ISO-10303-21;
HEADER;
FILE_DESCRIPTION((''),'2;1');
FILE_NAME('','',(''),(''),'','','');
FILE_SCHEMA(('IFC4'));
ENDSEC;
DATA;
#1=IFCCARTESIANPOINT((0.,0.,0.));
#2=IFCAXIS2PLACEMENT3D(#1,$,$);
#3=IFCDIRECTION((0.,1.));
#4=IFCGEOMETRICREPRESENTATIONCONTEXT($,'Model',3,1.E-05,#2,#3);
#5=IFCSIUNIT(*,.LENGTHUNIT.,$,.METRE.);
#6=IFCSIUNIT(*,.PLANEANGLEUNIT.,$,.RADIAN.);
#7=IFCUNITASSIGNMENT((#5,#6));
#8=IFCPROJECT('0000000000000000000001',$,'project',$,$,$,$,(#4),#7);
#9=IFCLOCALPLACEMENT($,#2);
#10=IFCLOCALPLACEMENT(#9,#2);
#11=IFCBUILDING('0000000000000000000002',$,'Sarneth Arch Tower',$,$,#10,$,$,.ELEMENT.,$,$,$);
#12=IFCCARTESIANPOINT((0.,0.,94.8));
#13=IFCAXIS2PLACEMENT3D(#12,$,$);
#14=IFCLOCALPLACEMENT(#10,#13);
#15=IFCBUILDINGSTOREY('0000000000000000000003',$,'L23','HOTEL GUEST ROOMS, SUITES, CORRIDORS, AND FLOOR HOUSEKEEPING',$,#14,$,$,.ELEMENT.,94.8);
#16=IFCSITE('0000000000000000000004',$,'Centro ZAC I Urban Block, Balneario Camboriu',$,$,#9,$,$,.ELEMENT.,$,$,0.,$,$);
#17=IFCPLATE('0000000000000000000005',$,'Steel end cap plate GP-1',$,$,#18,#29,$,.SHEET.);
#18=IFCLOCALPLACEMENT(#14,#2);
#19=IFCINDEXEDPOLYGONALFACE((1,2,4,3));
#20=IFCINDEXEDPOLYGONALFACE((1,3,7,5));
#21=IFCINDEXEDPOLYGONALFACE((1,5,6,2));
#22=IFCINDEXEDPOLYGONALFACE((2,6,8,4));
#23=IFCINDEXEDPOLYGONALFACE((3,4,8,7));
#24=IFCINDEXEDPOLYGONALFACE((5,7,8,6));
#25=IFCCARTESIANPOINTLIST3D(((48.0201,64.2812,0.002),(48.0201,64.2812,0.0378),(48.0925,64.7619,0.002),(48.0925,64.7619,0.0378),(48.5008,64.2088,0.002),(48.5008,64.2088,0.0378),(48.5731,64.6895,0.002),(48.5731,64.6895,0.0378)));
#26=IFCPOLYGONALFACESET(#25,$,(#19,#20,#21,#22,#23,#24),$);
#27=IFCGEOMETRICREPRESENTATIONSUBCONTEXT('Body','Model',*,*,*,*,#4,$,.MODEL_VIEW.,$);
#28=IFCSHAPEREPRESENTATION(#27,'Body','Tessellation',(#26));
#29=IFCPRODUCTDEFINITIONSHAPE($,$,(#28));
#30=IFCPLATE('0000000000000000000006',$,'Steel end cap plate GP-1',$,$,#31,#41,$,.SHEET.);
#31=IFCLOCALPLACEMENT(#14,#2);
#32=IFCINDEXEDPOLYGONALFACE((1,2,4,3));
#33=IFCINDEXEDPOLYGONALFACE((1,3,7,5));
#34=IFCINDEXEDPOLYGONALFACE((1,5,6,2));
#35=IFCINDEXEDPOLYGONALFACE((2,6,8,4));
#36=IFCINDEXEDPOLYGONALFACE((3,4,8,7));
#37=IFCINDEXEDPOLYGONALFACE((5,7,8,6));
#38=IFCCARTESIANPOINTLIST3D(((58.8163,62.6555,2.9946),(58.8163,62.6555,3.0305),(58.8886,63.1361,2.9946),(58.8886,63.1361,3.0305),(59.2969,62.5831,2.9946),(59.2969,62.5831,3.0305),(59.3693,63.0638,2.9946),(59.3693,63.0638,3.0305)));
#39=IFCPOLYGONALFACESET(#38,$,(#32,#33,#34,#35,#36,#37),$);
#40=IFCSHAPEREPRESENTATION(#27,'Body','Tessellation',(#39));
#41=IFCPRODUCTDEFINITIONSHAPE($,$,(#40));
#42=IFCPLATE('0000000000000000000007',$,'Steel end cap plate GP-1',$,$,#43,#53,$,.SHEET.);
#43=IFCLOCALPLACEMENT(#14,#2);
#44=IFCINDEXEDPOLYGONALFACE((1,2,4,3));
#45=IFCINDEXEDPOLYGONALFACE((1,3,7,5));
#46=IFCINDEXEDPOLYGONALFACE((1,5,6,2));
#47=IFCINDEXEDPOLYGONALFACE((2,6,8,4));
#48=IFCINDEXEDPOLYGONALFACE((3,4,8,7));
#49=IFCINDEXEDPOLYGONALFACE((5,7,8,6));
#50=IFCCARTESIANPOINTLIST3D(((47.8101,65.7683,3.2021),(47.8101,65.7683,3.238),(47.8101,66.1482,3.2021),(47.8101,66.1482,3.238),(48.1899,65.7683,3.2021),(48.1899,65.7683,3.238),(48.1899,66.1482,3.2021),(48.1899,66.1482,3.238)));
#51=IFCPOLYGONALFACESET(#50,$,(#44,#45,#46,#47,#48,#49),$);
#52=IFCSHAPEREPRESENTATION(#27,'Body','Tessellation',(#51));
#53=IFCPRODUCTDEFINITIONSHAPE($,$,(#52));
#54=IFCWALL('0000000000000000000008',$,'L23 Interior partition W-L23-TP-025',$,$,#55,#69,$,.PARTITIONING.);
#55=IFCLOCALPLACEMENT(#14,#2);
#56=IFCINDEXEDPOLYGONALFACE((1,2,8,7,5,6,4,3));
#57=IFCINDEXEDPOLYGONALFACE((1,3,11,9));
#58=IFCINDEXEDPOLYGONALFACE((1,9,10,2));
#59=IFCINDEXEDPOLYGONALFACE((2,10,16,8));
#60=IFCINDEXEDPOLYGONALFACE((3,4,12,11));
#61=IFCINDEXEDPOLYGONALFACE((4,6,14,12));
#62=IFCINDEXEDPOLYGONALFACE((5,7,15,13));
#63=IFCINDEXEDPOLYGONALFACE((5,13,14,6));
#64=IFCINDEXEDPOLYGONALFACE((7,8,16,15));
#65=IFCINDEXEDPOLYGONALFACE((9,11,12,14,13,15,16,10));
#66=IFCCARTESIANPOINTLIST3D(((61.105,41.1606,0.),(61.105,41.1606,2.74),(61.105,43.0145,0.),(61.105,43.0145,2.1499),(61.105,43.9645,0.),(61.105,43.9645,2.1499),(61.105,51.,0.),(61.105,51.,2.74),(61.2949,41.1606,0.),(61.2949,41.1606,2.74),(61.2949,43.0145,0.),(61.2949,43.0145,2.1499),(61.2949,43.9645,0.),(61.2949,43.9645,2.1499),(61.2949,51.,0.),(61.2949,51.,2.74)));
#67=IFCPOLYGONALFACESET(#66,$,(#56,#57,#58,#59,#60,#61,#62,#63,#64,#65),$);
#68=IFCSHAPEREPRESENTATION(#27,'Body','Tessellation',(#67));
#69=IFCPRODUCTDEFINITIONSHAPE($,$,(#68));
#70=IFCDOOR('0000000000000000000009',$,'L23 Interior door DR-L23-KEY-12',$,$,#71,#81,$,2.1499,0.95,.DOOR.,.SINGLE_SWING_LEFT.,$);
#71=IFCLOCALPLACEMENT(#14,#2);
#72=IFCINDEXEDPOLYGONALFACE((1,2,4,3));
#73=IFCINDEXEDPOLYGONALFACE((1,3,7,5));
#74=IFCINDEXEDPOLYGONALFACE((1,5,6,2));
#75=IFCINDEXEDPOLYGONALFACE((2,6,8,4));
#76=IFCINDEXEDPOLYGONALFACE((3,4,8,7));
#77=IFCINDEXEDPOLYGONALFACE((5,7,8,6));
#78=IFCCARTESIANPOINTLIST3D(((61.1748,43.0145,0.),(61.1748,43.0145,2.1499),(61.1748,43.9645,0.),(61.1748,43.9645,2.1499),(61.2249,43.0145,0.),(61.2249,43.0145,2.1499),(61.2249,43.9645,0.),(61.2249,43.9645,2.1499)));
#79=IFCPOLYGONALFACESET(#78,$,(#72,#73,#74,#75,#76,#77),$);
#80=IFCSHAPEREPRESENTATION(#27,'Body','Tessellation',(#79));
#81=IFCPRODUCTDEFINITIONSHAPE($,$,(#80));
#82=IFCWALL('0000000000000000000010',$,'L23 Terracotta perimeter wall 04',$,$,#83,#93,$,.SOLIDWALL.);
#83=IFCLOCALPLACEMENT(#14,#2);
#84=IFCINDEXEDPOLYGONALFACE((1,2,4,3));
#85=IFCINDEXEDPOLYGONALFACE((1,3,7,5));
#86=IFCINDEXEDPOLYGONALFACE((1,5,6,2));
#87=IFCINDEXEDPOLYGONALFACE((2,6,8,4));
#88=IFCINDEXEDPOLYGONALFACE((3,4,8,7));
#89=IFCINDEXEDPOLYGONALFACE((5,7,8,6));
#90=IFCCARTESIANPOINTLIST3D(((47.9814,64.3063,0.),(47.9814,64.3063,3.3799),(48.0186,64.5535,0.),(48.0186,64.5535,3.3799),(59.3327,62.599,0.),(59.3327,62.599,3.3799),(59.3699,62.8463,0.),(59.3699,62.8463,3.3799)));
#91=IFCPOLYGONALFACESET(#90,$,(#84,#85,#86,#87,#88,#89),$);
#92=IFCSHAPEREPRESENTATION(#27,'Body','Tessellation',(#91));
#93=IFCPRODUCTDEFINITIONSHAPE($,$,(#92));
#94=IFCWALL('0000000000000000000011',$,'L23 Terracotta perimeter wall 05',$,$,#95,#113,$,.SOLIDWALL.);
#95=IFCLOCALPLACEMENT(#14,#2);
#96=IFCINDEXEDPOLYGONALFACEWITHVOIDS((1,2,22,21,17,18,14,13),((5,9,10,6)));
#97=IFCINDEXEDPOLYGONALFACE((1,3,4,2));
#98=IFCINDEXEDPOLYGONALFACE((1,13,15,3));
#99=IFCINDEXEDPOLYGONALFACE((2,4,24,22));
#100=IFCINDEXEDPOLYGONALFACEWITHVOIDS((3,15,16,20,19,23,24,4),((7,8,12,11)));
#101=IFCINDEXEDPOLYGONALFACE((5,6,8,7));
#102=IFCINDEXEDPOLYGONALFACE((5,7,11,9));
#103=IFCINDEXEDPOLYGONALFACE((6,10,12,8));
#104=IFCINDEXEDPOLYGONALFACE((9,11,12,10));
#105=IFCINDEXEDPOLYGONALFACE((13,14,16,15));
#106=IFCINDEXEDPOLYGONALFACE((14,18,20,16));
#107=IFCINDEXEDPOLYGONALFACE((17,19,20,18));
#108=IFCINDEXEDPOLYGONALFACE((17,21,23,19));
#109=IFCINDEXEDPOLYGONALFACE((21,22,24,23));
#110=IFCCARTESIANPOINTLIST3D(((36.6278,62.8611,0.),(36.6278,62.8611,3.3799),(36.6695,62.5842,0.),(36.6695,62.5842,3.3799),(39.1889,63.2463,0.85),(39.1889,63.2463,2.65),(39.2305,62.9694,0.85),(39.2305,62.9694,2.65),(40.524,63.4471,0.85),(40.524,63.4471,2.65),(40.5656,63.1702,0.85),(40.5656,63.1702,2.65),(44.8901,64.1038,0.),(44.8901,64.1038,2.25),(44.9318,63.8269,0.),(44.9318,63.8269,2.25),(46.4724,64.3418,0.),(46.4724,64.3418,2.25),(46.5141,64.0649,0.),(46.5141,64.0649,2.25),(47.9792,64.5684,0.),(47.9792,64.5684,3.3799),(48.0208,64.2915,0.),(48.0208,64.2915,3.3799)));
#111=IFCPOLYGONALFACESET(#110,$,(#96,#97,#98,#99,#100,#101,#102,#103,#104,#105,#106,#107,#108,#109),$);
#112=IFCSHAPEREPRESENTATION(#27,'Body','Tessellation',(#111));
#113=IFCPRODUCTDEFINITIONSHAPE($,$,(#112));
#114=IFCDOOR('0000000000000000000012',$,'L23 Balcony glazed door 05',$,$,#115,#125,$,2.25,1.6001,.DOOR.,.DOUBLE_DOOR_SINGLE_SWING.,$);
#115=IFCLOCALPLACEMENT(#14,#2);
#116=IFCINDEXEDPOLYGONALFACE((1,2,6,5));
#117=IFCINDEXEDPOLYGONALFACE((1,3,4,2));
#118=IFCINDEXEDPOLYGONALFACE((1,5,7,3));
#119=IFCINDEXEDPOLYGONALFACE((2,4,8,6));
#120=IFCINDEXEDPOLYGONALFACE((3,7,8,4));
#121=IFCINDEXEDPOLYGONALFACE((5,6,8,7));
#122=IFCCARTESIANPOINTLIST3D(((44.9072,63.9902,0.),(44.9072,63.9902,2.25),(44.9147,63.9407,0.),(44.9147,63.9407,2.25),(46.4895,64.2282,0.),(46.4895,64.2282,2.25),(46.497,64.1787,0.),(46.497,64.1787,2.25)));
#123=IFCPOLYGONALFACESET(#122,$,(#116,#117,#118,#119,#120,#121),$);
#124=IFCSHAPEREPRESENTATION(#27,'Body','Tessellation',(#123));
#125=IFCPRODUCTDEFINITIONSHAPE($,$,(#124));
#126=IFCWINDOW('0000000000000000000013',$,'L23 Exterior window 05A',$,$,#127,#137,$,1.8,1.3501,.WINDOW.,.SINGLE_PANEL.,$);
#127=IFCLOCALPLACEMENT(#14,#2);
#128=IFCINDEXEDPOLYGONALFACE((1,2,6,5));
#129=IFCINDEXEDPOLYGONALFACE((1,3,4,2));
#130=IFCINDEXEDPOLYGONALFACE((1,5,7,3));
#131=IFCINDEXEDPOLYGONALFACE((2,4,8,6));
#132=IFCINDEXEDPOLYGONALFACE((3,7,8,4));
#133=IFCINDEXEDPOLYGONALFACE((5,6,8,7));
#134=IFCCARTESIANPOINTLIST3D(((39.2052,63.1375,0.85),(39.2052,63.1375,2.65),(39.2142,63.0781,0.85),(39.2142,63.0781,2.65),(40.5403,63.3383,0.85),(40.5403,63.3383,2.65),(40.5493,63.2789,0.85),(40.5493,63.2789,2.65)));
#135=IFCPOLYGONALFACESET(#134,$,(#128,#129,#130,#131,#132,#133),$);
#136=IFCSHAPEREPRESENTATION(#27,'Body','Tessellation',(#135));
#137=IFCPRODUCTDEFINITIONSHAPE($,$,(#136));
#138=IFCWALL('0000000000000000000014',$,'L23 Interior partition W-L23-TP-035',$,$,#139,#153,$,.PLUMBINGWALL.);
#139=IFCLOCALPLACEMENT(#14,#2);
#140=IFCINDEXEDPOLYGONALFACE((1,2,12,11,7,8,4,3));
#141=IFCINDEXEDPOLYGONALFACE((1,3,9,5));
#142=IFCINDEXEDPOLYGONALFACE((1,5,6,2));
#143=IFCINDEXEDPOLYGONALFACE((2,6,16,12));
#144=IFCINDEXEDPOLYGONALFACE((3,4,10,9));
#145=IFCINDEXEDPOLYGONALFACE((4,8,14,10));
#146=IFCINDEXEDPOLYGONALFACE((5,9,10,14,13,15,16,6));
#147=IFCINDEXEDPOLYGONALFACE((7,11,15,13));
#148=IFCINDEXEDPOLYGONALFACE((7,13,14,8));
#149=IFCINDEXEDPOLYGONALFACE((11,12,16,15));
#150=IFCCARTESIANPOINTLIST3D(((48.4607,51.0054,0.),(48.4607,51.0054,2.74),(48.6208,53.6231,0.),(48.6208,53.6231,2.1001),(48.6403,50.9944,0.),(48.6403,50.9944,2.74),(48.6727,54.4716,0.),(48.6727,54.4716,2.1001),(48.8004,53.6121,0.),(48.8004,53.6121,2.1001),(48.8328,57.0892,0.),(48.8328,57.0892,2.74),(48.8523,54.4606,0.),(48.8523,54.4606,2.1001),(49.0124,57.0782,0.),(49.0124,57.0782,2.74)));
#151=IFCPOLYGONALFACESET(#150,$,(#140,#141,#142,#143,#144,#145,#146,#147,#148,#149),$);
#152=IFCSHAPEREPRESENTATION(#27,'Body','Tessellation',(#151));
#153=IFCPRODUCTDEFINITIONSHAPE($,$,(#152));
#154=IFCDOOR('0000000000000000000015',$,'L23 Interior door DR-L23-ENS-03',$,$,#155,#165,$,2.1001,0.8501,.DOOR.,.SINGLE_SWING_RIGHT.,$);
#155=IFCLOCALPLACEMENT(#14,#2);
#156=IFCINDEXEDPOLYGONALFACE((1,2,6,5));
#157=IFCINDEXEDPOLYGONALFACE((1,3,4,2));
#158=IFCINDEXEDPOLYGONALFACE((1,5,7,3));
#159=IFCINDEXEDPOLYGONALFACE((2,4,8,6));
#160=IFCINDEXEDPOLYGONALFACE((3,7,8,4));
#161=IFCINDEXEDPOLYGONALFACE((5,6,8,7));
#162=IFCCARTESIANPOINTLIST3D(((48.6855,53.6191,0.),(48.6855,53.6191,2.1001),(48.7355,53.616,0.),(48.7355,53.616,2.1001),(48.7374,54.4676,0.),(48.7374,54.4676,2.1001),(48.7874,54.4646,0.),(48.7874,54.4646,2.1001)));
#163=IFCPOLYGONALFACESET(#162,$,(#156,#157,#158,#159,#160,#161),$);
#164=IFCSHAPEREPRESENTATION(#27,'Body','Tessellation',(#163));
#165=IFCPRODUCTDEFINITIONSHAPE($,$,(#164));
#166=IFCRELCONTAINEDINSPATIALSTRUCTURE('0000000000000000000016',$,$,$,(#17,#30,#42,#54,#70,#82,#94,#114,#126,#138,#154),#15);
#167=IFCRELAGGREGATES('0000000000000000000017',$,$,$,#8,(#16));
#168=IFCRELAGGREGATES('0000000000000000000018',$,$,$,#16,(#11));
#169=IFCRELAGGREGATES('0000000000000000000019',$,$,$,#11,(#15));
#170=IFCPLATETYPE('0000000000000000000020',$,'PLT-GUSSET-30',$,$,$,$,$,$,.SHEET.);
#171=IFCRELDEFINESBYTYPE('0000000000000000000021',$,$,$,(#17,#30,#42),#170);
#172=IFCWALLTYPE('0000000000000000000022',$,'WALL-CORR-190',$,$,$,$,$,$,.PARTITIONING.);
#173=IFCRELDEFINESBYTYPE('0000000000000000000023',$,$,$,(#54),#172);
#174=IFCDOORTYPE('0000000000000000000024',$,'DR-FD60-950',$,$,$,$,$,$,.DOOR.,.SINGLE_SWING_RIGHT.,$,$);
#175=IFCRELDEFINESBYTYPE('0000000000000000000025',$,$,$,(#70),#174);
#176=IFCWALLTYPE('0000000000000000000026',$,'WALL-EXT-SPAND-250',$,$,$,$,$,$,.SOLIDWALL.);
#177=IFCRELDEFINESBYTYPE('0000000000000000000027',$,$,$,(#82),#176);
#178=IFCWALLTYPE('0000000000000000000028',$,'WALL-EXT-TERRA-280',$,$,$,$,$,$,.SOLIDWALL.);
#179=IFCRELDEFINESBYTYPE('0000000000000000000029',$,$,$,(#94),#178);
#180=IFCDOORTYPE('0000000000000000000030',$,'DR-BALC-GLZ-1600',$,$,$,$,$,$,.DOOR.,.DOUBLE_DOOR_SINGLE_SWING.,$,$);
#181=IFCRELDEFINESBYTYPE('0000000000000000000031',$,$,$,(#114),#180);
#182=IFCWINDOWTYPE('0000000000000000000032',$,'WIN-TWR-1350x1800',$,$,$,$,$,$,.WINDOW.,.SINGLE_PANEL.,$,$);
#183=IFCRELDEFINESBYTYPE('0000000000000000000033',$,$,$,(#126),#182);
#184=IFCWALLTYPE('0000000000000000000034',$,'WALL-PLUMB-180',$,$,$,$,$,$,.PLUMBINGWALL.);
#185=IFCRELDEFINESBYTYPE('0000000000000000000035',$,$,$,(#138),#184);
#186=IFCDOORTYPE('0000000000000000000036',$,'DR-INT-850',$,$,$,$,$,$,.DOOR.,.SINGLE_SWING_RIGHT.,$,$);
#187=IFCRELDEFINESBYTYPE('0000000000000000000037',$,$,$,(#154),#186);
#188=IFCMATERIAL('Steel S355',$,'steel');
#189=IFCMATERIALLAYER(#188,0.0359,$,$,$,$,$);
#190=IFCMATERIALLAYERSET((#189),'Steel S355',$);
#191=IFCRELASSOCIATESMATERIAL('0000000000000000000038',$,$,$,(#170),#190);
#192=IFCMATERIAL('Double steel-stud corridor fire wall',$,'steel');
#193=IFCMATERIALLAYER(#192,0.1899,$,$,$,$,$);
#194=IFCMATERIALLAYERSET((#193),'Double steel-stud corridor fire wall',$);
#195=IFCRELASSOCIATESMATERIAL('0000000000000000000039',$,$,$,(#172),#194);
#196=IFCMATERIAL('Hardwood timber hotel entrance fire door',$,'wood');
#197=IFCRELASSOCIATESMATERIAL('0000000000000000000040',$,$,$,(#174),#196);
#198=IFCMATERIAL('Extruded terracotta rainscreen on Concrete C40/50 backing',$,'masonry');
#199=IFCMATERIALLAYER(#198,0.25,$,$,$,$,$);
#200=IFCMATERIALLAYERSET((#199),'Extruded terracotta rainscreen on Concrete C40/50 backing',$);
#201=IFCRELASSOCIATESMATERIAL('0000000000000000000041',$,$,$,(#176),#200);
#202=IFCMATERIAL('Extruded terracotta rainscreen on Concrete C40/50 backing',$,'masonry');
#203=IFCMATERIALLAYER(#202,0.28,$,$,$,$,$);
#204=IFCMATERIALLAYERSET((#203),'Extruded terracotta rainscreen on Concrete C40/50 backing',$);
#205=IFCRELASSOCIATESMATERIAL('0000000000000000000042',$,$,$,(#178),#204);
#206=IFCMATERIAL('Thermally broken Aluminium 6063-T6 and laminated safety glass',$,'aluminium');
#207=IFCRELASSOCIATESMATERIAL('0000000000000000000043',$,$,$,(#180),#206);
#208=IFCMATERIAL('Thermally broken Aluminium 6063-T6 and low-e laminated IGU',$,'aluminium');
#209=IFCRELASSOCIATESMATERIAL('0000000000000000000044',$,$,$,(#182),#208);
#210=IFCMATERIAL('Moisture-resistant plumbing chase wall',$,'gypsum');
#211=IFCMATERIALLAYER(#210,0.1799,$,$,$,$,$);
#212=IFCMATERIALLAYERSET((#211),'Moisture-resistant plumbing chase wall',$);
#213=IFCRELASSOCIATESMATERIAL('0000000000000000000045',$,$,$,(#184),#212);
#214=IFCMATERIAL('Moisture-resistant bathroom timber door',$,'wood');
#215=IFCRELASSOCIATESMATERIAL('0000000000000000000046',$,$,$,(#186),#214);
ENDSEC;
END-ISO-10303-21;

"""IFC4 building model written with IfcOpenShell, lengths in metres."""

from ifc_helpers import new_model, si_unit, direction, frame, frame_2d, origin, origin_2d, place, context, subcontext, project, spatial, rectangle, extrude, material, layer, layer_set, type_object, element, fill, save


model = new_model("IFC4")

# Units and contexts
model_context = context("Model", 3, precision=1e-05, world=origin(), true_north=direction((0.0, 1.0)))
body_context = subcontext(model_context, "Body", "Model", "MODEL_VIEW")
ifc_project = project(units=[si_unit("LENGTHUNIT", "METRE"), si_unit("PLANEANGLEUNIT", "RADIAN")], contexts=[model_context])

# Site, building, storey
site_placement = place(None, origin())
site = spatial("IfcSite", under=ifc_project, at=site_placement, Name="Centro ZAC I Urban Block, Balneario Camboriu", CompositionType="ELEMENT", RefElevation=0.0)
building_placement = place(site_placement, origin())
building = spatial("IfcBuilding", under=site, at=building_placement, Name="Sarneth Arch Tower", CompositionType="ELEMENT")
storey_placement = place(building_placement, frame((0.0, 0.0, 94.8)))
storey = spatial("IfcBuildingStorey", under=building, at=storey_placement, Name="L23", Description="HOTEL GUEST ROOMS, SUITES, CORRIDORS, AND FLOOR HOUSEKEEPING", CompositionType="ELEMENT", Elevation=94.8)

# Plates
ifc_material_1 = material(Name="Steel S355", Category="steel")
ifc_layer_1 = layer(ifc_material_1, 0.0359)
ifc_layer_set_1 = layer_set([ifc_layer_1], Name="Steel S355")
plate_type = type_object("IfcPlateType", Name="PLT-GUSSET-30", PredefinedType="SHEET", material=ifc_layer_set_1)
for number, where, z_axis, x_axis, name in (
    (1, (48.2966, 64.4854, 0.002), (0.0, 0.0, 1.0), (-0.988861, 0.148845, 0.0), "Steel end cap plate GP-1"),
    (2, (59.0928, 62.8596, 2.9946), (0.0, 0.0, 1.0), (-0.988861, 0.148845, 0.0), "Steel end cap plate GP-1"),
):
    element("IfcPlate", number, at=place(storey_placement, frame(where, z_axis=z_axis, x_axis=x_axis)), inside=storey, type_object=plate_type, Name=name, PredefinedType="SHEET", context=body_context, shape_type="SweptSolid", body=[
        extrude(rectangle(XDim=0.4861, YDim=0.4861, at=origin_2d()), origin(), (0.0, 0.0, 1.0), 0.0359),
    ])
plate_placement = place(storey_placement, frame((48.0, 65.9583, 3.2021), z_axis=(0.0, 0.0, 1.0), x_axis=(0.0, 1.0, 0.0)))
element("IfcPlate", 3, at=plate_placement, inside=storey, type_object=plate_type, Name="Steel end cap plate GP-1", PredefinedType="SHEET", context=body_context, shape_type="SweptSolid", body=[
    extrude(rectangle(XDim=0.3799, YDim=0.3799, at=origin_2d()), origin(), (0.0, 0.0, 1.0), 0.0359),
])

# Wall, opening, door
ifc_material_2 = material(Name="Double steel-stud corridor fire wall", Category="steel")
ifc_layer_2 = layer(ifc_material_2, 0.1899)
ifc_layer_set_2 = layer_set([ifc_layer_2], Name="Double steel-stud corridor fire wall")
wall_type_1 = type_object("IfcWallType", Name="WALL-CORR-190", PredefinedType="PARTITIONING", material=ifc_layer_set_2)
wall_1_placement = place(storey_placement, frame((61.2, 51.0, 0.0), z_axis=(0.0, 0.0, 1.0), x_axis=(0.0, -1.0, 0.0)))
wall_1 = element("IfcWall", 4, at=wall_1_placement, inside=storey, type_object=wall_type_1, Name="L23 Interior partition W-L23-TP-025", PredefinedType="PARTITIONING", context=body_context, shape_type="SweptSolid", body=[
    extrude(rectangle(XDim=9.8394, YDim=0.1899, at=frame_2d((4.9197, 0.0))), origin(), (0.0, 0.0, 1.0), 2.74),
])
opening_1_placement = place(wall_1_placement, frame((7.0354, 0.0, 0.0)))
opening_1 = element("IfcOpeningElement", 5, at=opening_1_placement, cuts=wall_1, PredefinedType="OPENING", context=body_context, shape_type="SweptSolid", body=[
    extrude(rectangle(XDim=0.95, YDim=2.1499, at=frame_2d((0.4751, 1.075))), frame((0.0, 0.105, 0.0), z_axis=(0.0, -1.0, 0.0), x_axis=(1.0, 0.0, 0.0)), (0.0, 0.0, 1.0), 0.21),
])
ifc_material_3 = material(Name="Hardwood timber hotel entrance fire door", Category="wood")
door_type_1 = type_object("IfcDoorType", Name="DR-FD60-950", OperationType="SINGLE_SWING_RIGHT", PredefinedType="DOOR", material=ifc_material_3)
door_1_placement = place(opening_1_placement, origin())
door_1 = element("IfcDoor", 6, at=door_1_placement, inside=storey, type_object=door_type_1, Name="L23 Interior door DR-L23-KEY-12", OperationType="SINGLE_SWING_LEFT", OverallHeight=2.1499, OverallWidth=0.95, PredefinedType="DOOR", context=body_context, shape_type="SweptSolid", body=[
    extrude(rectangle(XDim=0.95, YDim=2.1499, at=frame_2d((0.4751, 1.075))), frame((0.0, 0.0249, 0.0), z_axis=(0.0, -1.0, 0.0), x_axis=(1.0, 0.0, 0.0)), (0.0, 0.0, 1.0), 0.05),
])
fill(opening_1, door_1)

# Wall
ifc_material_4 = material(Name="Extruded terracotta rainscreen on Concrete C40/50 backing", Category="masonry")
ifc_layer_3 = layer(ifc_material_4, 0.25)
ifc_layer_set_3 = layer_set([ifc_layer_3], Name="Extruded terracotta rainscreen on Concrete C40/50 backing")
wall_type_2 = type_object("IfcWallType", Name="WALL-EXT-SPAND-250", PredefinedType="SOLIDWALL", material=ifc_layer_set_3)
wall_2_placement = place(storey_placement, frame((59.3513, 62.7227, 0.0), z_axis=(0.0, 0.0, 1.0), x_axis=(-0.988878, 0.14873, 0.0)))
element("IfcWall", 7, at=wall_2_placement, inside=storey, type_object=wall_type_2, Name="L23 Terracotta perimeter wall 04", PredefinedType="SOLIDWALL", context=body_context, shape_type="SweptSolid", body=[
    extrude(rectangle(XDim=11.479, YDim=0.25, at=frame_2d((5.7395, 0.0))), origin(), (0.0, 0.0, 1.0), 3.3799),
])

# Wall, openings, door, window
ifc_material_5 = material(Name="Extruded terracotta rainscreen on Concrete C40/50 backing", Category="masonry")
ifc_layer_4 = layer(ifc_material_5, 0.28)
ifc_layer_set_4 = layer_set([ifc_layer_4], Name="Extruded terracotta rainscreen on Concrete C40/50 backing")
wall_type_3 = type_object("IfcWallType", Name="WALL-EXT-TERRA-280", PredefinedType="SOLIDWALL", material=ifc_layer_set_4)
wall_3_placement = place(storey_placement, frame((48.0, 64.4299, 0.0), z_axis=(0.0, 0.0, 1.0), x_axis=(-0.988878, -0.14873, 0.0)))
wall_3 = element("IfcWall", 8, at=wall_3_placement, inside=storey, type_object=wall_type_3, Name="L23 Terracotta perimeter wall 05", PredefinedType="SOLIDWALL", context=body_context, shape_type="SweptSolid", body=[
    extrude(rectangle(XDim=11.479, YDim=0.28, at=frame_2d((5.7395, 0.0))), origin(), (0.0, 0.0, 1.0), 3.3799),
])
opening_2_placement = place(wall_3_placement, frame((1.5237, 0.0, 0.0)))
opening_2 = element("IfcOpeningElement", 9, at=opening_2_placement, cuts=wall_3, PredefinedType="OPENING", context=body_context, shape_type="SweptSolid", body=[
    extrude(rectangle(XDim=1.6001, YDim=2.25, at=frame_2d((0.8, 1.125))), frame((0.0, 0.1499, 0.0), z_axis=(0.0, -1.0, 0.0), x_axis=(1.0, 0.0, 0.0)), (0.0, 0.0, 1.0), 0.3),
])
opening_3_placement = place(wall_3_placement, frame((7.5391, 0.0, 0.8501)))
opening_3 = element("IfcOpeningElement", 10, at=opening_3_placement, cuts=wall_3, PredefinedType="OPENING", context=body_context, shape_type="SweptSolid", body=[
    extrude(rectangle(XDim=1.3501, YDim=1.8, at=frame_2d((0.675, 0.8999))), frame((0.0, 0.1499, 0.0), z_axis=(0.0, -1.0, 0.0), x_axis=(1.0, 0.0, 0.0)), (0.0, 0.0, 1.0), 0.3),
])
ifc_material_6 = material(Name="Thermally broken Aluminium 6063-T6 and laminated safety glass", Category="aluminium")
door_type_2 = type_object("IfcDoorType", Name="DR-BALC-GLZ-1600", OperationType="DOUBLE_DOOR_SINGLE_SWING", PredefinedType="DOOR", material=ifc_material_6)
door_2_placement = place(opening_2_placement, origin())
door_2 = element("IfcDoor", 11, at=door_2_placement, inside=storey, type_object=door_type_2, Name="L23 Balcony glazed door 05", OperationType="DOUBLE_DOOR_SINGLE_SWING", OverallHeight=2.25, OverallWidth=1.6001, PredefinedType="DOOR", context=body_context, shape_type="SweptSolid", body=[
    extrude(rectangle(XDim=1.6001, YDim=2.25, at=frame_2d((0.8, 1.125))), frame((0.0, 0.0249, 0.0), z_axis=(0.0, -1.0, 0.0), x_axis=(1.0, 0.0, 0.0)), (0.0, 0.0, 1.0), 0.05),
])
fill(opening_2, door_2)
ifc_material_7 = material(Name="Thermally broken Aluminium 6063-T6 and low-e laminated IGU", Category="aluminium")
window_type = type_object("IfcWindowType", Name="WIN-TWR-1350x1800", PartitioningType="SINGLE_PANEL", PredefinedType="WINDOW", material=ifc_material_7)
window_placement = place(opening_3_placement, origin())
window = element("IfcWindow", 12, at=window_placement, inside=storey, type_object=window_type, Name="L23 Exterior window 05A", OverallHeight=1.8, OverallWidth=1.3501, PartitioningType="SINGLE_PANEL", PredefinedType="WINDOW", context=body_context, shape_type="SweptSolid", body=[
    extrude(rectangle(XDim=1.3501, YDim=1.8, at=frame_2d((0.675, 0.8999))), frame((0.0, 0.03, 0.0), z_axis=(0.0, -1.0, 0.0), x_axis=(1.0, 0.0, 0.0)), (0.0, 0.0, 1.0), 0.0601),
])
fill(opening_3, window)

# Wall, opening, door
ifc_material_8 = material(Name="Moisture-resistant plumbing chase wall", Category="gypsum")
ifc_layer_5 = layer(ifc_material_8, 0.1799)
ifc_layer_set_5 = layer_set([ifc_layer_5], Name="Moisture-resistant plumbing chase wall")
wall_type_4 = type_object("IfcWallType", Name="WALL-PLUMB-180", PredefinedType="PLUMBINGWALL", material=ifc_layer_set_5)
wall_4_placement = place(storey_placement, frame((48.9226, 57.0837, 0.0), z_axis=(0.0, 0.0, 1.0), x_axis=(-0.061044, -0.998135, 0.0)))
wall_4 = element("IfcWall", 13, at=wall_4_placement, inside=storey, type_object=wall_type_4, Name="L23 Interior partition W-L23-TP-035", PredefinedType="PLUMBINGWALL", context=body_context, shape_type="SweptSolid", body=[
    extrude(rectangle(XDim=6.0952, YDim=0.1799, at=frame_2d((3.0476, 0.0))), origin(), (0.0, 0.0, 1.0), 2.74),
])
opening_4_placement = place(wall_4_placement, frame((2.6226, 0.0, 0.0)))
opening_4 = element("IfcOpeningElement", 14, at=opening_4_placement, cuts=wall_4, PredefinedType="OPENING", context=body_context, shape_type="SweptSolid", body=[
    extrude(rectangle(XDim=0.8501, YDim=2.1001, at=frame_2d((0.425, 1.05))), frame((0.0, 0.0999, 0.0), z_axis=(0.0, -1.0, 0.0), x_axis=(1.0, 0.0, 0.0)), (0.0, 0.0, 1.0), 0.2),
])
ifc_material_9 = material(Name="Moisture-resistant bathroom timber door", Category="wood")
door_type_3 = type_object("IfcDoorType", Name="DR-INT-850", OperationType="SINGLE_SWING_RIGHT", PredefinedType="DOOR", material=ifc_material_9)
door_3_placement = place(opening_4_placement, origin())
door_3 = element("IfcDoor", 15, at=door_3_placement, inside=storey, type_object=door_type_3, Name="L23 Interior door DR-L23-ENS-03", OperationType="SINGLE_SWING_RIGHT", OverallHeight=2.1001, OverallWidth=0.8501, PredefinedType="DOOR", context=body_context, shape_type="SweptSolid", body=[
    extrude(rectangle(XDim=0.8501, YDim=2.1001, at=frame_2d((0.425, 1.05))), frame((0.0, 0.0249, 0.0), z_axis=(0.0, -1.0, 0.0), x_axis=(1.0, 0.0, 0.0)), (0.0, 0.0, 1.0), 0.05),
])
fill(opening_4, door_3)

save(model, "model.ifc")
